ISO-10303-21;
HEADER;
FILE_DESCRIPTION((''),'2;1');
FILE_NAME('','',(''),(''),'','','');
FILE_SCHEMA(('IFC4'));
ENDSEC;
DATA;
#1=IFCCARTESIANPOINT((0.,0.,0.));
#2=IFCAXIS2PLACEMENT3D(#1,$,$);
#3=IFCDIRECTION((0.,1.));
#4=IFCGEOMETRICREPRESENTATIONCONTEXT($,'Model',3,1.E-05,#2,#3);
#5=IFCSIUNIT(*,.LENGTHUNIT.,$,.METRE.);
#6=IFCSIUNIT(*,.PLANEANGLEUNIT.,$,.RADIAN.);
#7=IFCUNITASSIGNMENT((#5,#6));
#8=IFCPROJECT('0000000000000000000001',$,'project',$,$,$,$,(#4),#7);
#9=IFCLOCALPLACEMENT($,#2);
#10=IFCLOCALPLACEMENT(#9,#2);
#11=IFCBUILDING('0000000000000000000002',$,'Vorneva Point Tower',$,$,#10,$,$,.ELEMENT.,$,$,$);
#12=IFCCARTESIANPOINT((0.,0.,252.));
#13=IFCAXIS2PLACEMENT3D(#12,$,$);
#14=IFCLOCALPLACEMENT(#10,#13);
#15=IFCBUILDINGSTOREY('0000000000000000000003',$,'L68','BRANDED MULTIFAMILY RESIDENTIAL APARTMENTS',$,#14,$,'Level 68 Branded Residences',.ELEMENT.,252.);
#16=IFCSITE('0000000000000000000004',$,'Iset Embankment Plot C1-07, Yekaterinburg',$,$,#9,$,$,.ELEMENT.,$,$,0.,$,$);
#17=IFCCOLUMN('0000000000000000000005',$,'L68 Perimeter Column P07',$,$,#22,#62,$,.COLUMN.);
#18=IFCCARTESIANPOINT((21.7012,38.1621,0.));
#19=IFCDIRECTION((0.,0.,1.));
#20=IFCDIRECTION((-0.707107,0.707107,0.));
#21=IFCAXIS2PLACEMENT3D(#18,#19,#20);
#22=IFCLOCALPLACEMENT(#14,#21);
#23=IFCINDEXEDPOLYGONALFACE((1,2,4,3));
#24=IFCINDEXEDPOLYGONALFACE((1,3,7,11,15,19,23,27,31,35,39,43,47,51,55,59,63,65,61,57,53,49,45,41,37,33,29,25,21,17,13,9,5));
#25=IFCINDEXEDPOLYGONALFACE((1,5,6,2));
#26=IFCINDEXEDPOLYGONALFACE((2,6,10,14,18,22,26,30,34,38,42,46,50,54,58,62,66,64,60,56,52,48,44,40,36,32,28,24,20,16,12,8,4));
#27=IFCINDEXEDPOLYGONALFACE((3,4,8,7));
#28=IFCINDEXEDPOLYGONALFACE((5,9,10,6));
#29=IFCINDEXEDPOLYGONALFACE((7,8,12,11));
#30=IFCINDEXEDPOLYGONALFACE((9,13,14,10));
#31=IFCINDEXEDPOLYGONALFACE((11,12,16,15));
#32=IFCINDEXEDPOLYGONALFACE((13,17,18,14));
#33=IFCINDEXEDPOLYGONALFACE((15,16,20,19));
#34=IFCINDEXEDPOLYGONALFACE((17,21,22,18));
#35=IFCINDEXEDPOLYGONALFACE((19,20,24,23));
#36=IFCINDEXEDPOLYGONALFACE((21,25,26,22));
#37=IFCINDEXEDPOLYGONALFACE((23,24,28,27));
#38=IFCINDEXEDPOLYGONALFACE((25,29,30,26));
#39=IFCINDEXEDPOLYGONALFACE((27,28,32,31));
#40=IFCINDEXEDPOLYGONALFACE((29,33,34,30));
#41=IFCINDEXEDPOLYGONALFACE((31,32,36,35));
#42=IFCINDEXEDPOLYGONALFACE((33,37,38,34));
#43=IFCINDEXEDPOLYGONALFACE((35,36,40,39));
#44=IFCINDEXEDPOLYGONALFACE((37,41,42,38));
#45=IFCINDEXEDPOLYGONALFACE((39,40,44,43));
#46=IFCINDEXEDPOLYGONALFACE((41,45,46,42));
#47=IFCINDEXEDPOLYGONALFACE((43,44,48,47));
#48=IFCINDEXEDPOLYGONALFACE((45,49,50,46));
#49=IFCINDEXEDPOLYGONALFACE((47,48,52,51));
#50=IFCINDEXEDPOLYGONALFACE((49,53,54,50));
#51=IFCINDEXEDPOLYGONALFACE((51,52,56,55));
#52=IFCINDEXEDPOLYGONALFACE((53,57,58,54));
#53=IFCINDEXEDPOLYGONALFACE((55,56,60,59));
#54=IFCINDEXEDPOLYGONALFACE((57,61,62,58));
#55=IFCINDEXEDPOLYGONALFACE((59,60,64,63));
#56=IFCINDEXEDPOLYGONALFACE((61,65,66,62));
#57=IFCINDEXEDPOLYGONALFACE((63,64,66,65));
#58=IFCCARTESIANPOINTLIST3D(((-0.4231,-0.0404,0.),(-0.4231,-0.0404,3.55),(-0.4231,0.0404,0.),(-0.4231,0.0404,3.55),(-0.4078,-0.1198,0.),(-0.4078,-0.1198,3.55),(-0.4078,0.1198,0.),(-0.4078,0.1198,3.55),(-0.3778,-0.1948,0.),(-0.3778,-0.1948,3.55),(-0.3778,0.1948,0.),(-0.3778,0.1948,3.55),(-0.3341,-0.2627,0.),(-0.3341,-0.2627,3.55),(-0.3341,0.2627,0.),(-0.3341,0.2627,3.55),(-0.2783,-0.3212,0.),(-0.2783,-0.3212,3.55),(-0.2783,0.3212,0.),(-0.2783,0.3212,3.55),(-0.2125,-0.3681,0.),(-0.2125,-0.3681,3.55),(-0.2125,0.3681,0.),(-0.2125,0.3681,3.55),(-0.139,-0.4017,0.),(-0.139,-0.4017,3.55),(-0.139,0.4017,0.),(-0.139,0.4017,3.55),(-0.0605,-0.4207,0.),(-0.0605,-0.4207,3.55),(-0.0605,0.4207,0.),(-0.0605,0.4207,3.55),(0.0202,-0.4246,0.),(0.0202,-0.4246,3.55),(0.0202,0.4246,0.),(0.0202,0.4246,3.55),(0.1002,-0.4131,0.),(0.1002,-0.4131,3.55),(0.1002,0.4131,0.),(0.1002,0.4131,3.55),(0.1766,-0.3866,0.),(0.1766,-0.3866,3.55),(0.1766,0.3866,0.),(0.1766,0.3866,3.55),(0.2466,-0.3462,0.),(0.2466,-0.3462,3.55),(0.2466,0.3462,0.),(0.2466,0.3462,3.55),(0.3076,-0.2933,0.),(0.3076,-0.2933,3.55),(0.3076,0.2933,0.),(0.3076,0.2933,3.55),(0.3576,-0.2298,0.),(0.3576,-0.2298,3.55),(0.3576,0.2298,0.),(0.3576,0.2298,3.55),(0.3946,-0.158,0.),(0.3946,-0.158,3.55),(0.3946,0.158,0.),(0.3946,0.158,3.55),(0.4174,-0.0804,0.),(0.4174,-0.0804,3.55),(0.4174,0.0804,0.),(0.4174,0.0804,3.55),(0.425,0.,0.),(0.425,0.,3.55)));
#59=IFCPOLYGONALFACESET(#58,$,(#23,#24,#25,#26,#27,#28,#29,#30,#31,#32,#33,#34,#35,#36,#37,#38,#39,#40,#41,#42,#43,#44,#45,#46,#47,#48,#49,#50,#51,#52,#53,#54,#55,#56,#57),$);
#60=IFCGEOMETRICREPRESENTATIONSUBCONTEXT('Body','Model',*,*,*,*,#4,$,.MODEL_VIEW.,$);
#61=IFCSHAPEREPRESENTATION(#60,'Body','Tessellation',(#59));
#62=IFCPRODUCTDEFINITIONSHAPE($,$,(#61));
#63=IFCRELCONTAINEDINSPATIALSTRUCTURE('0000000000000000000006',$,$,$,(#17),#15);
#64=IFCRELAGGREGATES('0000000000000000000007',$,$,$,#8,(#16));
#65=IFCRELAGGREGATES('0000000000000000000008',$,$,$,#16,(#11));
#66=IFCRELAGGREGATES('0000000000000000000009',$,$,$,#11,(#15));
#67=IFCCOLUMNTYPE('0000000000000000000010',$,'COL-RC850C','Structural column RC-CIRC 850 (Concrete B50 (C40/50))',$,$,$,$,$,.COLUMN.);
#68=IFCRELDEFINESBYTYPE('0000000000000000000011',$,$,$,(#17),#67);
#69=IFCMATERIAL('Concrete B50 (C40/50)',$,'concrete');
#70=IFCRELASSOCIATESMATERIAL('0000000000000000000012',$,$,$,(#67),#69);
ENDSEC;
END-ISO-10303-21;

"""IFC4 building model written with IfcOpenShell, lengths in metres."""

from ifc_helpers import new_model, si_unit, direction, frame, origin, origin_2d, place, context, subcontext, project, spatial, circle, extrude, material, material_profile, profile_set, type_object, element, save


model = new_model("IFC4")

# Units and contexts
model_context = context("Model", 3, precision=1e-05, world=origin(), true_north=direction((0.0, 1.0)))
body_context = subcontext(model_context, "Body", "Model", "MODEL_VIEW")
ifc_project = project(units=[si_unit("LENGTHUNIT", "METRE"), si_unit("PLANEANGLEUNIT", "RADIAN")], contexts=[model_context])

# Site, building, storey
site_placement = place(None, origin())
site = spatial("IfcSite", under=ifc_project, at=site_placement, Name="Iset Embankment Plot C1-07, Yekaterinburg", CompositionType="ELEMENT", RefElevation=0.0)
building_placement = place(site_placement, origin())
building = spatial("IfcBuilding", under=site, at=building_placement, Name="Vorneva Point Tower", CompositionType="ELEMENT")
storey_placement = place(building_placement, frame((0.0, 0.0, 252.0)))
storey = spatial("IfcBuildingStorey", under=building, at=storey_placement, Name="L68", Description="BRANDED MULTIFAMILY RESIDENTIAL APARTMENTS", LongName="Level 68 Branded Residences", CompositionType="ELEMENT", Elevation=252.0)

# Column
ifc_material_1 = material(Name="Concrete B50 (C40/50)", Category="concrete")
ifc_material_profile_1 = material_profile(ifc_material_1, circle(Radius=0.425, at=origin_2d()), Name="RC-CIRC 850")
ifc_profile_set_1 = profile_set([ifc_material_profile_1], Name="Concrete B50 (C40/50)")
column_type = type_object("IfcColumnType", Name="COL-RC850C", Description="Structural column RC-CIRC 850 (Concrete B50 (C40/50))", PredefinedType="COLUMN", material=ifc_profile_set_1)
column_placement = place(storey_placement, frame((21.7012, 38.1621, 0.0), z_axis=(0.0, 0.0, 1.0), x_axis=(-0.707107, 0.707107, 0.0)))
element("IfcColumn", 1, at=column_placement, inside=storey, type_object=column_type, Name="L68 Perimeter Column P07", PredefinedType="COLUMN", context=body_context, shape_type="SweptSolid", body=[
    extrude(circle(Radius=0.425, at=origin_2d()), origin(), (0.0, 0.0, 1.0), 3.55),
])

save(model, "model.ifc")
